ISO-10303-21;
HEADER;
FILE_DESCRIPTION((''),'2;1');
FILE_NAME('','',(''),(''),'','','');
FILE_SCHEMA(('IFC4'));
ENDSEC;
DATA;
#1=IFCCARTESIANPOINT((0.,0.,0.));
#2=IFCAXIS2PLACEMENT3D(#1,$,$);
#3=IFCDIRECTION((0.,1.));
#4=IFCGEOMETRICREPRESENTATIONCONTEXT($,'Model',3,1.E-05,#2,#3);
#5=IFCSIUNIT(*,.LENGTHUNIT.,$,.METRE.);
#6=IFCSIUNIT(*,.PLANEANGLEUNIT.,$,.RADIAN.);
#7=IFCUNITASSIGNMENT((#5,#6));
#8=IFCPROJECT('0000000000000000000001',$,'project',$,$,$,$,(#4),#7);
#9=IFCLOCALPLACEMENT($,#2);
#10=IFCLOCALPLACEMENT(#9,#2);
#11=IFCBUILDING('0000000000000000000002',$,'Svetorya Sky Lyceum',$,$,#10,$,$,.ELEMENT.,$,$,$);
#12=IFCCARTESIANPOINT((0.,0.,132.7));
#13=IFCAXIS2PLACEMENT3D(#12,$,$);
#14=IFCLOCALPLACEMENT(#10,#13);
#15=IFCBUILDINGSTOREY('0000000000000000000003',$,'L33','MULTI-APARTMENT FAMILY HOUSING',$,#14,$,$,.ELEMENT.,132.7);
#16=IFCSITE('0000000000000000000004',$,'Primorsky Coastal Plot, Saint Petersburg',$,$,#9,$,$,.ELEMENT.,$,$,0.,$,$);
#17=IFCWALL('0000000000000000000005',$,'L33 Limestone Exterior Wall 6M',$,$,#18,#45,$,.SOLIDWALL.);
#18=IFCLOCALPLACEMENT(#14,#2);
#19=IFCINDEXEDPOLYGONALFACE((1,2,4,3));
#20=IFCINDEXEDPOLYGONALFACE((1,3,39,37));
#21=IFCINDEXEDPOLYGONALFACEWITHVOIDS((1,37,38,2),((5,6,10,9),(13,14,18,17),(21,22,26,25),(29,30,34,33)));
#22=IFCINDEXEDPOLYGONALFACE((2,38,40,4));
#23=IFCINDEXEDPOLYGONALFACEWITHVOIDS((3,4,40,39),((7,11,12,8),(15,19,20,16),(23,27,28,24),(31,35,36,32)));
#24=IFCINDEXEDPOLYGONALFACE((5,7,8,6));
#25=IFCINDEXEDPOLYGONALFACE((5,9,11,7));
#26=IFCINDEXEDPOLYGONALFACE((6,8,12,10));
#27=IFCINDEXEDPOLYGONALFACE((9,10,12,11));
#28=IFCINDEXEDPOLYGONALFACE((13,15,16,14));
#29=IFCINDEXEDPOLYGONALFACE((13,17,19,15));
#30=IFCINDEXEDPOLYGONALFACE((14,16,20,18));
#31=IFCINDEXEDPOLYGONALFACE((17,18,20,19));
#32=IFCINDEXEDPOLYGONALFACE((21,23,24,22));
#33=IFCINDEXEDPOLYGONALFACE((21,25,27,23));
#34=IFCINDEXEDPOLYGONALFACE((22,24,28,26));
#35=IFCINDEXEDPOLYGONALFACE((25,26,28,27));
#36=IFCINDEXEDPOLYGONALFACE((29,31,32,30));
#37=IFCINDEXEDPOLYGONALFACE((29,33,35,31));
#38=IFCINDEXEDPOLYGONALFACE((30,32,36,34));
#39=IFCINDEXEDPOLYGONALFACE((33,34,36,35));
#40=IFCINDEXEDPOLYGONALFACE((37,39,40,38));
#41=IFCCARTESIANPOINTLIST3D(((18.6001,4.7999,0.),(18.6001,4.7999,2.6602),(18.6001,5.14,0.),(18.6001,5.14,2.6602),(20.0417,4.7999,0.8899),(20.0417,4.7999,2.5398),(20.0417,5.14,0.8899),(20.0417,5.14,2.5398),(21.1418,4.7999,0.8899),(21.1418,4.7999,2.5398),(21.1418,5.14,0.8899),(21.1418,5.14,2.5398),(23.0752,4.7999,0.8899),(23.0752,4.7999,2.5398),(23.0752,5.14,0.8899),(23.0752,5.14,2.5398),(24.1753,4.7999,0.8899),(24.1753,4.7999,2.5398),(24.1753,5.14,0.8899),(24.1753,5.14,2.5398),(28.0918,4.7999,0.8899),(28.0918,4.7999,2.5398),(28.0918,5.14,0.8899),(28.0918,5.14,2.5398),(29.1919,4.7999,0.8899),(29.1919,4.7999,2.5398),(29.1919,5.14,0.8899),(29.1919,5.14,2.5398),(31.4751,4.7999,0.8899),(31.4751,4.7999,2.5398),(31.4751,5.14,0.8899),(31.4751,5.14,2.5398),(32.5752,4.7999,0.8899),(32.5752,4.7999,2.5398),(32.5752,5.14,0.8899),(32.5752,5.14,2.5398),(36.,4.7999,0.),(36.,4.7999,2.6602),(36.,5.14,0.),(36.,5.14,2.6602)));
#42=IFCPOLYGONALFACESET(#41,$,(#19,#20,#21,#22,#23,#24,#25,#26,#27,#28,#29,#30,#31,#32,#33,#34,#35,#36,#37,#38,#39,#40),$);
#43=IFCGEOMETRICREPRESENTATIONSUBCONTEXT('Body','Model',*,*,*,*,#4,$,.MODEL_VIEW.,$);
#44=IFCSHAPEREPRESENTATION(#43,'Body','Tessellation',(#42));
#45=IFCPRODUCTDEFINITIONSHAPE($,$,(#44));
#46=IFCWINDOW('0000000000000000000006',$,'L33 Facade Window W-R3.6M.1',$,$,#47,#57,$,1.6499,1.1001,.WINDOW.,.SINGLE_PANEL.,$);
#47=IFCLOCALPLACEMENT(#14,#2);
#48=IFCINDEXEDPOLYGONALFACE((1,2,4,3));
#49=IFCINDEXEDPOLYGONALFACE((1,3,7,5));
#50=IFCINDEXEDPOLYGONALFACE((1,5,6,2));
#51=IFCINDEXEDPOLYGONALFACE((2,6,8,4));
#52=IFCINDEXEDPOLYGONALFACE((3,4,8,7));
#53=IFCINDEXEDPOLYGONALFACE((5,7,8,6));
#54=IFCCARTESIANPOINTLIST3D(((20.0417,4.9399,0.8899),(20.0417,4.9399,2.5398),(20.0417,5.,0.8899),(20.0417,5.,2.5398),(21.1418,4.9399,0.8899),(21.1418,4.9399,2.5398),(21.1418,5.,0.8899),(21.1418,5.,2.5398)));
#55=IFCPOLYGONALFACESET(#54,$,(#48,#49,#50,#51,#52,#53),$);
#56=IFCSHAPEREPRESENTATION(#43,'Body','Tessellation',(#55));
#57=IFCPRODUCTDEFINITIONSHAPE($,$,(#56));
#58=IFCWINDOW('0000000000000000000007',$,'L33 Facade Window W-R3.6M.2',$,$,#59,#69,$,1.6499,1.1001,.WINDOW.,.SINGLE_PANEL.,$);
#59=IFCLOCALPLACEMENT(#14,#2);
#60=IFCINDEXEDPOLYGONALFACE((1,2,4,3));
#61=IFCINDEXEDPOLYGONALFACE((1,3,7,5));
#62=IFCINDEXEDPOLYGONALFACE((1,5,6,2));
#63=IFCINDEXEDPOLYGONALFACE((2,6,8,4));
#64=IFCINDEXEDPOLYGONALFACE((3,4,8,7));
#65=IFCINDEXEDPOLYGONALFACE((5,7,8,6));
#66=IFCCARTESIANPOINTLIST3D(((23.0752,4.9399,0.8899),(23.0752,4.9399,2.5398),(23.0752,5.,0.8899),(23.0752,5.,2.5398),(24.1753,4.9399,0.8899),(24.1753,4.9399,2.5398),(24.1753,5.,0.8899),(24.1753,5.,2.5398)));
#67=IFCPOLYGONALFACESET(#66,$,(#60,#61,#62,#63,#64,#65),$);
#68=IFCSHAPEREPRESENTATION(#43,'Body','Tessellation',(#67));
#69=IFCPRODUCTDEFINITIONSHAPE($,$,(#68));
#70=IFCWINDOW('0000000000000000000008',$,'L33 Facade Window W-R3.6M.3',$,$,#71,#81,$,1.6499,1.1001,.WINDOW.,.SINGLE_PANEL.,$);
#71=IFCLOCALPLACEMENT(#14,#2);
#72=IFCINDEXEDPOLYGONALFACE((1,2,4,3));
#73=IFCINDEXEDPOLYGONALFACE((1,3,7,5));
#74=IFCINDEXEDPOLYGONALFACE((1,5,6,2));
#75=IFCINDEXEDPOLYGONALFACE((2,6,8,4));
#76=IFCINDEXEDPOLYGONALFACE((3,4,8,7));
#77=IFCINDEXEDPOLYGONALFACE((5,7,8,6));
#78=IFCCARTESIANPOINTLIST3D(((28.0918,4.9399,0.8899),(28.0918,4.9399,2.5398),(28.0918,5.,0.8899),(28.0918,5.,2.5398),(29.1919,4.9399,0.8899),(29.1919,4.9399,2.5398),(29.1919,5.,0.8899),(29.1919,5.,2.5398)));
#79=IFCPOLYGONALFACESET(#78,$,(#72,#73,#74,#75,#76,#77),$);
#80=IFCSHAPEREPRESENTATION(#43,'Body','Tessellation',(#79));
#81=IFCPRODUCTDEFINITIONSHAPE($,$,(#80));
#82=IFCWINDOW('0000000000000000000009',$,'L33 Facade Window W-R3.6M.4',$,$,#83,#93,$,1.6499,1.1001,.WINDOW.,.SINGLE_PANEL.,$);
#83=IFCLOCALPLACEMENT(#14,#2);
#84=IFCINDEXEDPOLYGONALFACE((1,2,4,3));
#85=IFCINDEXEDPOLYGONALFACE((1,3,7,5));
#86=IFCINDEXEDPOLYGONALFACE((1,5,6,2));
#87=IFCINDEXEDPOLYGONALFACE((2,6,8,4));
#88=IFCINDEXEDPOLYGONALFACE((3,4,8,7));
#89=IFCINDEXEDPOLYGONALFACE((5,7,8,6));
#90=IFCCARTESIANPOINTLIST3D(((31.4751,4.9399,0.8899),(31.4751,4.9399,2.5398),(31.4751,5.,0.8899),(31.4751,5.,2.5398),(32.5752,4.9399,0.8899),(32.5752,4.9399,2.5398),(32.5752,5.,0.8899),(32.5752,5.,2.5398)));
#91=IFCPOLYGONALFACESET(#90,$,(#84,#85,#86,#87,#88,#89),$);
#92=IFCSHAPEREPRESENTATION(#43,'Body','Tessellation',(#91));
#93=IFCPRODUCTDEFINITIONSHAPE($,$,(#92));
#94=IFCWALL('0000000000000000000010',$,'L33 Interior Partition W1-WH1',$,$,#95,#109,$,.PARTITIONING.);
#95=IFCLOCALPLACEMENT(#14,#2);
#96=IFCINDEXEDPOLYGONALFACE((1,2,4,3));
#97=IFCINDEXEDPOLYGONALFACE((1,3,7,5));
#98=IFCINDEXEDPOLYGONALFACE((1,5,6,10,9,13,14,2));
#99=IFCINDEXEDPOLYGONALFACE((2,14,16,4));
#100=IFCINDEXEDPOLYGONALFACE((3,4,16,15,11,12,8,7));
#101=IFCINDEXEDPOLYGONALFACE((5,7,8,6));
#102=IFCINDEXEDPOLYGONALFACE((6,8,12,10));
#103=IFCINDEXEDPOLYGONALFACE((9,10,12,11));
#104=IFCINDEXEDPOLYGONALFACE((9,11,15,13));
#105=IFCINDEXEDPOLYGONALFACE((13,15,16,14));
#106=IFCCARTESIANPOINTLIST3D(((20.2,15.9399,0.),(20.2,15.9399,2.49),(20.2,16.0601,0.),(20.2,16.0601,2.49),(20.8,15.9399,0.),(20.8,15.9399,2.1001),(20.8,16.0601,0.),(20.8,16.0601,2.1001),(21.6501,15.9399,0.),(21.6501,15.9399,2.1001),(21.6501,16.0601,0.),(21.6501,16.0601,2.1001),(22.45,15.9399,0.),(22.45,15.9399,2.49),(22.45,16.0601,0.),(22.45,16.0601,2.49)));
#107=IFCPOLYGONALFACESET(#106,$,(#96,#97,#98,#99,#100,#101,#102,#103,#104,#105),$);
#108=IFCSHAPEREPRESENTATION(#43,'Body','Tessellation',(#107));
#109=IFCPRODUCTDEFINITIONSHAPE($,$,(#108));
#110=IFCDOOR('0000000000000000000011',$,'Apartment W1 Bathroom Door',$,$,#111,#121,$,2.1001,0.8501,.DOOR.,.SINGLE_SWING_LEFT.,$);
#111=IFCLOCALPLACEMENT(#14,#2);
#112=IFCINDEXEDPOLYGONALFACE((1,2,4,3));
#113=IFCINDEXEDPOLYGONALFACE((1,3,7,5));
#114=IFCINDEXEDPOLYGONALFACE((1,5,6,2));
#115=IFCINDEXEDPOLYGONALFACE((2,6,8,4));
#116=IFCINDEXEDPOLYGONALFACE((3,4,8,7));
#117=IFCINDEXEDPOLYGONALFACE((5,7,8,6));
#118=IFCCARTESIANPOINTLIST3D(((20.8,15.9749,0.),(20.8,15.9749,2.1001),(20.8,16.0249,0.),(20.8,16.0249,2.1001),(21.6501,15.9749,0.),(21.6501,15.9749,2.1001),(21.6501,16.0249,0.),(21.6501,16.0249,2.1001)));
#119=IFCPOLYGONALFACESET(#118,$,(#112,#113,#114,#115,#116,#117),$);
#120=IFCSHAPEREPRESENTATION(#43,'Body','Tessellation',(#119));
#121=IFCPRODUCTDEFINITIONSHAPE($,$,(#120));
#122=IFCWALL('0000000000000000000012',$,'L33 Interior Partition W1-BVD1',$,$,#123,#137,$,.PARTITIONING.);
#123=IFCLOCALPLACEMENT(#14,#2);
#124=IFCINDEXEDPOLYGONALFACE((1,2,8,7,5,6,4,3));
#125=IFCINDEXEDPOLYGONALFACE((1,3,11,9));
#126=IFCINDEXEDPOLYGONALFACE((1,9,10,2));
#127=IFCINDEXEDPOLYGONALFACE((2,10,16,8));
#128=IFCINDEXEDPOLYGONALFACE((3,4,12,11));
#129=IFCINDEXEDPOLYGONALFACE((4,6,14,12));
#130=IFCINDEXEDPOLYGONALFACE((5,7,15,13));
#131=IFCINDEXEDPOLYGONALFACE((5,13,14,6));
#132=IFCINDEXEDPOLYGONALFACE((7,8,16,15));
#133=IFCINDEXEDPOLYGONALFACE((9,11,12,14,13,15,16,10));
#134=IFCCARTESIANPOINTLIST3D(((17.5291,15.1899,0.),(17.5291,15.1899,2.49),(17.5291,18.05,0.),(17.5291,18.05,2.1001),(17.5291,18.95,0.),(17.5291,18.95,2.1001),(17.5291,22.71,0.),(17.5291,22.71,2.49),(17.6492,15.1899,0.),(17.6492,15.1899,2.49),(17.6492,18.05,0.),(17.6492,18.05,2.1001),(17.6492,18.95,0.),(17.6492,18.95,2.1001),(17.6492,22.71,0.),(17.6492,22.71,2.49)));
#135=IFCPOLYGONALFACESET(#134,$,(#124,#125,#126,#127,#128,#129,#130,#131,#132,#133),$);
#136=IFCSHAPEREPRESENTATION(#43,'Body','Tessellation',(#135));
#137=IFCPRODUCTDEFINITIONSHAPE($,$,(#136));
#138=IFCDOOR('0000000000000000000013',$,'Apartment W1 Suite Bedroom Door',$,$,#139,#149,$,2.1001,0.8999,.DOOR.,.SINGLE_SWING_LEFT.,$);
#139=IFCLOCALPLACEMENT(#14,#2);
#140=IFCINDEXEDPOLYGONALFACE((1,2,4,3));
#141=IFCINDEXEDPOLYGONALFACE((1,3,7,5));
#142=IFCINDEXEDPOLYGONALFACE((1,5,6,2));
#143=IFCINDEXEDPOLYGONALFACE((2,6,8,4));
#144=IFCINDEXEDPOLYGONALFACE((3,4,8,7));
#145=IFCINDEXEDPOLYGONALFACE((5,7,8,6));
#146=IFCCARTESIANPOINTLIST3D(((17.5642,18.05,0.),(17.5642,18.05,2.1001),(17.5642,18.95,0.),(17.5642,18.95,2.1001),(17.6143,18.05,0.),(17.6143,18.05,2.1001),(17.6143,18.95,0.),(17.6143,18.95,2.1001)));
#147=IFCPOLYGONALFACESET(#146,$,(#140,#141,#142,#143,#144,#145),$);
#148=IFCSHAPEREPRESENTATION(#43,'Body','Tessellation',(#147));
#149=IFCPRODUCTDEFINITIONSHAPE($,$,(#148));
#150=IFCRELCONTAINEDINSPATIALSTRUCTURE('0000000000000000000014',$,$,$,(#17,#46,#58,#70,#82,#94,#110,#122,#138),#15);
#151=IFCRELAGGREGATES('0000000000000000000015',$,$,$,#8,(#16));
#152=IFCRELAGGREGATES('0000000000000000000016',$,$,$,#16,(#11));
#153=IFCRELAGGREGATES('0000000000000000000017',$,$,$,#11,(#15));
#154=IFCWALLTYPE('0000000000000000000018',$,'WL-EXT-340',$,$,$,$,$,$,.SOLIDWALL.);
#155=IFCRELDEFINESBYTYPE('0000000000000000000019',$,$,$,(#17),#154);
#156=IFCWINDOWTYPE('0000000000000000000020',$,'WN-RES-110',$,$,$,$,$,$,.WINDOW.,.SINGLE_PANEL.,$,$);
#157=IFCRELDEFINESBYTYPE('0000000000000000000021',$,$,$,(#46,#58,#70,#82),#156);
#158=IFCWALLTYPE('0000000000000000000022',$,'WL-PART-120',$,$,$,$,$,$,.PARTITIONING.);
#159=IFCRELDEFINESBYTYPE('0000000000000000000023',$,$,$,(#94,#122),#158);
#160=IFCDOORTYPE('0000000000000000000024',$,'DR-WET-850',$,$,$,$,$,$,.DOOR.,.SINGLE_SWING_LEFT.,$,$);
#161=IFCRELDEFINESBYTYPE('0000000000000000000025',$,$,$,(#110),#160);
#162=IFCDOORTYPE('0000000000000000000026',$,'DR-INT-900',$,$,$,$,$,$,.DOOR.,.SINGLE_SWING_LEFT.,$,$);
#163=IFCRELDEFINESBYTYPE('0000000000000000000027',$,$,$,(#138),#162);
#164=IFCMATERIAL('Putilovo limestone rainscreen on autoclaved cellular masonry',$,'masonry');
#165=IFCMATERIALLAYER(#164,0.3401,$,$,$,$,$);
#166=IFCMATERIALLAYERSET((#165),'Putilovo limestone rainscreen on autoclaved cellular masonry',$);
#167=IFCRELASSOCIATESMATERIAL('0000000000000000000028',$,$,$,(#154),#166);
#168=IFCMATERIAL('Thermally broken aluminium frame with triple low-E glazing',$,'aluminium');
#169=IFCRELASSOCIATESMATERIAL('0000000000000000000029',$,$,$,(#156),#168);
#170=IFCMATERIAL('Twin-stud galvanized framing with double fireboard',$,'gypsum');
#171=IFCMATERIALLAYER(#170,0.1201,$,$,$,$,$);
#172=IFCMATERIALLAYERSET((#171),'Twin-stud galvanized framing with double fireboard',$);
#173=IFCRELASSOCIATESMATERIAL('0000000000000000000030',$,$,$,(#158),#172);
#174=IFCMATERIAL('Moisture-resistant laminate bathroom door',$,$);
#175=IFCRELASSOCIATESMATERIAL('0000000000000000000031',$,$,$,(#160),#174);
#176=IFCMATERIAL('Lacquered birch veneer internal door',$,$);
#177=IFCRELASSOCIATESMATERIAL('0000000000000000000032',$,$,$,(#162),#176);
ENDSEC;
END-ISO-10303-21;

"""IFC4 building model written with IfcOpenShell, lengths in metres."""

from ifc_helpers import new_model, si_unit, direction, frame, frame_2d, origin, place, context, subcontext, project, spatial, rectangle, extrude, material, layer, layer_set, type_object, element, fill, save


model = new_model("IFC4")

# Units and contexts
model_context = context("Model", 3, precision=1e-05, world=origin(), true_north=direction((0.0, 1.0)))
body_context = subcontext(model_context, "Body", "Model", "MODEL_VIEW")
ifc_project = project(units=[si_unit("LENGTHUNIT", "METRE"), si_unit("PLANEANGLEUNIT", "RADIAN")], contexts=[model_context])

# Site, building, storey
site_placement = place(None, origin())
site = spatial("IfcSite", under=ifc_project, at=site_placement, Name="Primorsky Coastal Plot, Saint Petersburg", CompositionType="ELEMENT", RefElevation=0.0)
building_placement = place(site_placement, origin())
building = spatial("IfcBuilding", under=site, at=building_placement, Name="Svetorya Sky Lyceum", CompositionType="ELEMENT")
storey_placement = place(building_placement, frame((0.0, 0.0, 132.7)))
storey = spatial("IfcBuildingStorey", under=building, at=storey_placement, Name="L33", Description="MULTI-APARTMENT FAMILY HOUSING", CompositionType="ELEMENT", Elevation=132.7)

# Shared definitions
ifc_material_1 = material(Name="Putilovo limestone rainscreen on autoclaved cellular masonry", Category="masonry")
ifc_layer_1 = layer(ifc_material_1, 0.3401)
ifc_layer_set_1 = layer_set([ifc_layer_1], Name="Putilovo limestone rainscreen on autoclaved cellular masonry")
wall_type_1 = type_object("IfcWallType", Name="WL-EXT-340", PredefinedType="SOLIDWALL", material=ifc_layer_set_1)

# Wall, openings, windows
wall_1_placement = place(storey_placement, frame((18.6001, 4.97, 0.0), z_axis=(0.0, 0.0, 1.0), x_axis=(1.0, 0.0, 0.0)))
wall_1 = element("IfcWall", 1, at=wall_1_placement, inside=storey, type_object=wall_type_1, Name="L33 Limestone Exterior Wall 6M", PredefinedType="SOLIDWALL", context=body_context, shape_type="SweptSolid", body=[
    extrude(rectangle(XDim=17.3999, YDim=0.3401, at=frame_2d((8.7, 0.0))), origin(), (0.0, 0.0, 1.0), 2.6602),
])
opening_1_placement = place(wall_1_placement, frame((1.4417, 0.0, 0.8899)))
opening_1 = element("IfcOpeningElement", 2, at=opening_1_placement, cuts=wall_1, PredefinedType="OPENING", context=body_context, shape_type="SweptSolid", body=[
    extrude(rectangle(XDim=1.1001, YDim=1.6499, at=frame_2d((0.55, 0.825))), frame((0.0, 0.1799, 0.0), z_axis=(0.0, -1.0, 0.0), x_axis=(1.0, 0.0, 0.0)), (0.0, 0.0, 1.0), 0.3601),
])
opening_2_placement = place(wall_1_placement, frame((4.4751, 0.0, 0.8899)))
opening_2 = element("IfcOpeningElement", 3, at=opening_2_placement, cuts=wall_1, PredefinedType="OPENING", context=body_context, shape_type="SweptSolid", body=[
    extrude(rectangle(XDim=1.1001, YDim=1.6499, at=frame_2d((0.55, 0.825))), frame((0.0, 0.1799, 0.0), z_axis=(0.0, -1.0, 0.0), x_axis=(1.0, 0.0, 0.0)), (0.0, 0.0, 1.0), 0.3601),
])
opening_3_placement = place(wall_1_placement, frame((9.4917, 0.0, 0.8899)))
opening_3 = element("IfcOpeningElement", 4, at=opening_3_placement, cuts=wall_1, PredefinedType="OPENING", context=body_context, shape_type="SweptSolid", body=[
    extrude(rectangle(XDim=1.1001, YDim=1.6499, at=frame_2d((0.55, 0.825))), frame((0.0, 0.1799, 0.0), z_axis=(0.0, -1.0, 0.0), x_axis=(1.0, 0.0, 0.0)), (0.0, 0.0, 1.0), 0.3601),
])
opening_4_placement = place(wall_1_placement, frame((12.875, 0.0, 0.8899)))
opening_4 = element("IfcOpeningElement", 5, at=opening_4_placement, cuts=wall_1, PredefinedType="OPENING", context=body_context, shape_type="SweptSolid", body=[
    extrude(rectangle(XDim=1.1001, YDim=1.6499, at=frame_2d((0.55, 0.825))), frame((0.0, 0.1799, 0.0), z_axis=(0.0, -1.0, 0.0), x_axis=(1.0, 0.0, 0.0)), (0.0, 0.0, 1.0), 0.3601),
])
ifc_material_2 = material(Name="Thermally broken aluminium frame with triple low-E glazing", Category="aluminium")
window_type = type_object("IfcWindowType", Name="WN-RES-110", PartitioningType="SINGLE_PANEL", PredefinedType="WINDOW", material=ifc_material_2)
window_1_placement = place(opening_1_placement, origin())
window_1 = element("IfcWindow", 6, at=window_1_placement, inside=storey, type_object=window_type, Name="L33 Facade Window W-R3.6M.1", OverallHeight=1.6499, OverallWidth=1.1001, PartitioningType="SINGLE_PANEL", PredefinedType="WINDOW", context=body_context, shape_type="SweptSolid", body=[
    extrude(rectangle(XDim=1.1001, YDim=1.6499, at=frame_2d((0.55, 0.825))), frame((0.0, 0.03, 0.0), z_axis=(0.0, -1.0, 0.0), x_axis=(1.0, 0.0, 0.0)), (0.0, 0.0, 1.0), 0.0601),
])
fill(opening_1, window_1)
window_2_placement = place(opening_2_placement, origin())
window_2 = element("IfcWindow", 7, at=window_2_placement, inside=storey, type_object=window_type, Name="L33 Facade Window W-R3.6M.2", OverallHeight=1.6499, OverallWidth=1.1001, PartitioningType="SINGLE_PANEL", PredefinedType="WINDOW", context=body_context, shape_type="SweptSolid", body=[
    extrude(rectangle(XDim=1.1001, YDim=1.6499, at=frame_2d((0.55, 0.825))), frame((0.0, 0.03, 0.0), z_axis=(0.0, -1.0, 0.0), x_axis=(1.0, 0.0, 0.0)), (0.0, 0.0, 1.0), 0.0601),
])
fill(opening_2, window_2)
window_3_placement = place(opening_3_placement, origin())
window_3 = element("IfcWindow", 8, at=window_3_placement, inside=storey, type_object=window_type, Name="L33 Facade Window W-R3.6M.3", OverallHeight=1.6499, OverallWidth=1.1001, PartitioningType="SINGLE_PANEL", PredefinedType="WINDOW", context=body_context, shape_type="SweptSolid", body=[
    extrude(rectangle(XDim=1.1001, YDim=1.6499, at=frame_2d((0.55, 0.825))), frame((0.0, 0.03, 0.0), z_axis=(0.0, -1.0, 0.0), x_axis=(1.0, 0.0, 0.0)), (0.0, 0.0, 1.0), 0.0601),
])
fill(opening_3, window_3)
window_4_placement = place(opening_4_placement, origin())
window_4 = element("IfcWindow", 9, at=window_4_placement, inside=storey, type_object=window_type, Name="L33 Facade Window W-R3.6M.4", OverallHeight=1.6499, OverallWidth=1.1001, PartitioningType="SINGLE_PANEL", PredefinedType="WINDOW", context=body_context, shape_type="SweptSolid", body=[
    extrude(rectangle(XDim=1.1001, YDim=1.6499, at=frame_2d((0.55, 0.825))), frame((0.0, 0.03, 0.0), z_axis=(0.0, -1.0, 0.0), x_axis=(1.0, 0.0, 0.0)), (0.0, 0.0, 1.0), 0.0601),
])
fill(opening_4, window_4)

# Walls, openings, doors
ifc_material_3 = material(Name="Twin-stud galvanized framing with double fireboard", Category="gypsum")
ifc_layer_2 = layer(ifc_material_3, 0.1201)
ifc_layer_set_2 = layer_set([ifc_layer_2], Name="Twin-stud galvanized framing with double fireboard")
wall_type_2 = type_object("IfcWallType", Name="WL-PART-120", PredefinedType="PARTITIONING", material=ifc_layer_set_2)
wall_2_placement = place(storey_placement, frame((20.2, 16.0, 0.0), z_axis=(0.0, 0.0, 1.0), x_axis=(1.0, 0.0, 0.0)))
wall_2 = element("IfcWall", 10, at=wall_2_placement, inside=storey, type_object=wall_type_2, Name="L33 Interior Partition W1-WH1", PredefinedType="PARTITIONING", context=body_context, shape_type="SweptSolid", body=[
    extrude(rectangle(XDim=2.25, YDim=0.1201, at=frame_2d((1.125, 0.0))), origin(), (0.0, 0.0, 1.0), 2.49),
])
opening_5_placement = place(wall_2_placement, frame((0.6001, 0.0, 0.0)))
opening_5 = element("IfcOpeningElement", 11, at=opening_5_placement, cuts=wall_2, PredefinedType="OPENING", context=body_context, shape_type="SweptSolid", body=[
    extrude(rectangle(XDim=0.8501, YDim=2.1001, at=frame_2d((0.425, 1.05))), frame((0.0, 0.0701, 0.0), z_axis=(0.0, -1.0, 0.0), x_axis=(1.0, 0.0, 0.0)), (0.0, 0.0, 1.0), 0.1401),
])
ifc_material_4 = material(Name="Moisture-resistant laminate bathroom door")
door_type_1 = type_object("IfcDoorType", Name="DR-WET-850", OperationType="SINGLE_SWING_LEFT", PredefinedType="DOOR", material=ifc_material_4)
door_1_placement = place(opening_5_placement, origin())
door_1 = element("IfcDoor", 12, at=door_1_placement, inside=storey, type_object=door_type_1, Name="Apartment W1 Bathroom Door", OperationType="SINGLE_SWING_LEFT", OverallHeight=2.1001, OverallWidth=0.8501, PredefinedType="DOOR", context=body_context, shape_type="SweptSolid", body=[
    extrude(rectangle(XDim=0.8501, YDim=2.1001, at=frame_2d((0.425, 1.05))), frame((0.0, 0.0249, 0.0), z_axis=(0.0, -1.0, 0.0), x_axis=(1.0, 0.0, 0.0)), (0.0, 0.0, 1.0), 0.05),
])
fill(opening_5, door_1)
wall_3_placement = place(storey_placement, frame((17.5891, 15.1899, 0.0), z_axis=(0.0, 0.0, 1.0), x_axis=(0.0, 1.0, 0.0)))
wall_3 = element("IfcWall", 13, at=wall_3_placement, inside=storey, type_object=wall_type_2, Name="L33 Interior Partition W1-BVD1", PredefinedType="PARTITIONING", context=body_context, shape_type="SweptSolid", body=[
    extrude(rectangle(XDim=7.52, YDim=0.1201, at=frame_2d((3.76, 0.0))), origin(), (0.0, 0.0, 1.0), 2.49),
])
opening_6_placement = place(wall_3_placement, frame((2.8601, 0.0, 0.0)))
opening_6 = element("IfcOpeningElement", 14, at=opening_6_placement, cuts=wall_3, PredefinedType="OPENING", context=body_context, shape_type="SweptSolid", body=[
    extrude(rectangle(XDim=0.8999, YDim=2.1001, at=frame_2d((0.45, 1.05))), frame((0.0, 0.0701, 0.0), z_axis=(0.0, -1.0, 0.0), x_axis=(1.0, 0.0, 0.0)), (0.0, 0.0, 1.0), 0.1401),
])
ifc_material_5 = material(Name="Lacquered birch veneer internal door")
door_type_2 = type_object("IfcDoorType", Name="DR-INT-900", OperationType="SINGLE_SWING_LEFT", PredefinedType="DOOR", material=ifc_material_5)
door_2_placement = place(opening_6_placement, origin())
door_2 = element("IfcDoor", 15, at=door_2_placement, inside=storey, type_object=door_type_2, Name="Apartment W1 Suite Bedroom Door", OperationType="SINGLE_SWING_LEFT", OverallHeight=2.1001, OverallWidth=0.8999, PredefinedType="DOOR", context=body_context, shape_type="SweptSolid", body=[
    extrude(rectangle(XDim=0.8999, YDim=2.1001, at=frame_2d((0.45, 1.05))), frame((0.0, 0.0249, 0.0), z_axis=(0.0, -1.0, 0.0), x_axis=(1.0, 0.0, 0.0)), (0.0, 0.0, 1.0), 0.05),
])
fill(opening_6, door_2)

save(model, "model.ifc")
